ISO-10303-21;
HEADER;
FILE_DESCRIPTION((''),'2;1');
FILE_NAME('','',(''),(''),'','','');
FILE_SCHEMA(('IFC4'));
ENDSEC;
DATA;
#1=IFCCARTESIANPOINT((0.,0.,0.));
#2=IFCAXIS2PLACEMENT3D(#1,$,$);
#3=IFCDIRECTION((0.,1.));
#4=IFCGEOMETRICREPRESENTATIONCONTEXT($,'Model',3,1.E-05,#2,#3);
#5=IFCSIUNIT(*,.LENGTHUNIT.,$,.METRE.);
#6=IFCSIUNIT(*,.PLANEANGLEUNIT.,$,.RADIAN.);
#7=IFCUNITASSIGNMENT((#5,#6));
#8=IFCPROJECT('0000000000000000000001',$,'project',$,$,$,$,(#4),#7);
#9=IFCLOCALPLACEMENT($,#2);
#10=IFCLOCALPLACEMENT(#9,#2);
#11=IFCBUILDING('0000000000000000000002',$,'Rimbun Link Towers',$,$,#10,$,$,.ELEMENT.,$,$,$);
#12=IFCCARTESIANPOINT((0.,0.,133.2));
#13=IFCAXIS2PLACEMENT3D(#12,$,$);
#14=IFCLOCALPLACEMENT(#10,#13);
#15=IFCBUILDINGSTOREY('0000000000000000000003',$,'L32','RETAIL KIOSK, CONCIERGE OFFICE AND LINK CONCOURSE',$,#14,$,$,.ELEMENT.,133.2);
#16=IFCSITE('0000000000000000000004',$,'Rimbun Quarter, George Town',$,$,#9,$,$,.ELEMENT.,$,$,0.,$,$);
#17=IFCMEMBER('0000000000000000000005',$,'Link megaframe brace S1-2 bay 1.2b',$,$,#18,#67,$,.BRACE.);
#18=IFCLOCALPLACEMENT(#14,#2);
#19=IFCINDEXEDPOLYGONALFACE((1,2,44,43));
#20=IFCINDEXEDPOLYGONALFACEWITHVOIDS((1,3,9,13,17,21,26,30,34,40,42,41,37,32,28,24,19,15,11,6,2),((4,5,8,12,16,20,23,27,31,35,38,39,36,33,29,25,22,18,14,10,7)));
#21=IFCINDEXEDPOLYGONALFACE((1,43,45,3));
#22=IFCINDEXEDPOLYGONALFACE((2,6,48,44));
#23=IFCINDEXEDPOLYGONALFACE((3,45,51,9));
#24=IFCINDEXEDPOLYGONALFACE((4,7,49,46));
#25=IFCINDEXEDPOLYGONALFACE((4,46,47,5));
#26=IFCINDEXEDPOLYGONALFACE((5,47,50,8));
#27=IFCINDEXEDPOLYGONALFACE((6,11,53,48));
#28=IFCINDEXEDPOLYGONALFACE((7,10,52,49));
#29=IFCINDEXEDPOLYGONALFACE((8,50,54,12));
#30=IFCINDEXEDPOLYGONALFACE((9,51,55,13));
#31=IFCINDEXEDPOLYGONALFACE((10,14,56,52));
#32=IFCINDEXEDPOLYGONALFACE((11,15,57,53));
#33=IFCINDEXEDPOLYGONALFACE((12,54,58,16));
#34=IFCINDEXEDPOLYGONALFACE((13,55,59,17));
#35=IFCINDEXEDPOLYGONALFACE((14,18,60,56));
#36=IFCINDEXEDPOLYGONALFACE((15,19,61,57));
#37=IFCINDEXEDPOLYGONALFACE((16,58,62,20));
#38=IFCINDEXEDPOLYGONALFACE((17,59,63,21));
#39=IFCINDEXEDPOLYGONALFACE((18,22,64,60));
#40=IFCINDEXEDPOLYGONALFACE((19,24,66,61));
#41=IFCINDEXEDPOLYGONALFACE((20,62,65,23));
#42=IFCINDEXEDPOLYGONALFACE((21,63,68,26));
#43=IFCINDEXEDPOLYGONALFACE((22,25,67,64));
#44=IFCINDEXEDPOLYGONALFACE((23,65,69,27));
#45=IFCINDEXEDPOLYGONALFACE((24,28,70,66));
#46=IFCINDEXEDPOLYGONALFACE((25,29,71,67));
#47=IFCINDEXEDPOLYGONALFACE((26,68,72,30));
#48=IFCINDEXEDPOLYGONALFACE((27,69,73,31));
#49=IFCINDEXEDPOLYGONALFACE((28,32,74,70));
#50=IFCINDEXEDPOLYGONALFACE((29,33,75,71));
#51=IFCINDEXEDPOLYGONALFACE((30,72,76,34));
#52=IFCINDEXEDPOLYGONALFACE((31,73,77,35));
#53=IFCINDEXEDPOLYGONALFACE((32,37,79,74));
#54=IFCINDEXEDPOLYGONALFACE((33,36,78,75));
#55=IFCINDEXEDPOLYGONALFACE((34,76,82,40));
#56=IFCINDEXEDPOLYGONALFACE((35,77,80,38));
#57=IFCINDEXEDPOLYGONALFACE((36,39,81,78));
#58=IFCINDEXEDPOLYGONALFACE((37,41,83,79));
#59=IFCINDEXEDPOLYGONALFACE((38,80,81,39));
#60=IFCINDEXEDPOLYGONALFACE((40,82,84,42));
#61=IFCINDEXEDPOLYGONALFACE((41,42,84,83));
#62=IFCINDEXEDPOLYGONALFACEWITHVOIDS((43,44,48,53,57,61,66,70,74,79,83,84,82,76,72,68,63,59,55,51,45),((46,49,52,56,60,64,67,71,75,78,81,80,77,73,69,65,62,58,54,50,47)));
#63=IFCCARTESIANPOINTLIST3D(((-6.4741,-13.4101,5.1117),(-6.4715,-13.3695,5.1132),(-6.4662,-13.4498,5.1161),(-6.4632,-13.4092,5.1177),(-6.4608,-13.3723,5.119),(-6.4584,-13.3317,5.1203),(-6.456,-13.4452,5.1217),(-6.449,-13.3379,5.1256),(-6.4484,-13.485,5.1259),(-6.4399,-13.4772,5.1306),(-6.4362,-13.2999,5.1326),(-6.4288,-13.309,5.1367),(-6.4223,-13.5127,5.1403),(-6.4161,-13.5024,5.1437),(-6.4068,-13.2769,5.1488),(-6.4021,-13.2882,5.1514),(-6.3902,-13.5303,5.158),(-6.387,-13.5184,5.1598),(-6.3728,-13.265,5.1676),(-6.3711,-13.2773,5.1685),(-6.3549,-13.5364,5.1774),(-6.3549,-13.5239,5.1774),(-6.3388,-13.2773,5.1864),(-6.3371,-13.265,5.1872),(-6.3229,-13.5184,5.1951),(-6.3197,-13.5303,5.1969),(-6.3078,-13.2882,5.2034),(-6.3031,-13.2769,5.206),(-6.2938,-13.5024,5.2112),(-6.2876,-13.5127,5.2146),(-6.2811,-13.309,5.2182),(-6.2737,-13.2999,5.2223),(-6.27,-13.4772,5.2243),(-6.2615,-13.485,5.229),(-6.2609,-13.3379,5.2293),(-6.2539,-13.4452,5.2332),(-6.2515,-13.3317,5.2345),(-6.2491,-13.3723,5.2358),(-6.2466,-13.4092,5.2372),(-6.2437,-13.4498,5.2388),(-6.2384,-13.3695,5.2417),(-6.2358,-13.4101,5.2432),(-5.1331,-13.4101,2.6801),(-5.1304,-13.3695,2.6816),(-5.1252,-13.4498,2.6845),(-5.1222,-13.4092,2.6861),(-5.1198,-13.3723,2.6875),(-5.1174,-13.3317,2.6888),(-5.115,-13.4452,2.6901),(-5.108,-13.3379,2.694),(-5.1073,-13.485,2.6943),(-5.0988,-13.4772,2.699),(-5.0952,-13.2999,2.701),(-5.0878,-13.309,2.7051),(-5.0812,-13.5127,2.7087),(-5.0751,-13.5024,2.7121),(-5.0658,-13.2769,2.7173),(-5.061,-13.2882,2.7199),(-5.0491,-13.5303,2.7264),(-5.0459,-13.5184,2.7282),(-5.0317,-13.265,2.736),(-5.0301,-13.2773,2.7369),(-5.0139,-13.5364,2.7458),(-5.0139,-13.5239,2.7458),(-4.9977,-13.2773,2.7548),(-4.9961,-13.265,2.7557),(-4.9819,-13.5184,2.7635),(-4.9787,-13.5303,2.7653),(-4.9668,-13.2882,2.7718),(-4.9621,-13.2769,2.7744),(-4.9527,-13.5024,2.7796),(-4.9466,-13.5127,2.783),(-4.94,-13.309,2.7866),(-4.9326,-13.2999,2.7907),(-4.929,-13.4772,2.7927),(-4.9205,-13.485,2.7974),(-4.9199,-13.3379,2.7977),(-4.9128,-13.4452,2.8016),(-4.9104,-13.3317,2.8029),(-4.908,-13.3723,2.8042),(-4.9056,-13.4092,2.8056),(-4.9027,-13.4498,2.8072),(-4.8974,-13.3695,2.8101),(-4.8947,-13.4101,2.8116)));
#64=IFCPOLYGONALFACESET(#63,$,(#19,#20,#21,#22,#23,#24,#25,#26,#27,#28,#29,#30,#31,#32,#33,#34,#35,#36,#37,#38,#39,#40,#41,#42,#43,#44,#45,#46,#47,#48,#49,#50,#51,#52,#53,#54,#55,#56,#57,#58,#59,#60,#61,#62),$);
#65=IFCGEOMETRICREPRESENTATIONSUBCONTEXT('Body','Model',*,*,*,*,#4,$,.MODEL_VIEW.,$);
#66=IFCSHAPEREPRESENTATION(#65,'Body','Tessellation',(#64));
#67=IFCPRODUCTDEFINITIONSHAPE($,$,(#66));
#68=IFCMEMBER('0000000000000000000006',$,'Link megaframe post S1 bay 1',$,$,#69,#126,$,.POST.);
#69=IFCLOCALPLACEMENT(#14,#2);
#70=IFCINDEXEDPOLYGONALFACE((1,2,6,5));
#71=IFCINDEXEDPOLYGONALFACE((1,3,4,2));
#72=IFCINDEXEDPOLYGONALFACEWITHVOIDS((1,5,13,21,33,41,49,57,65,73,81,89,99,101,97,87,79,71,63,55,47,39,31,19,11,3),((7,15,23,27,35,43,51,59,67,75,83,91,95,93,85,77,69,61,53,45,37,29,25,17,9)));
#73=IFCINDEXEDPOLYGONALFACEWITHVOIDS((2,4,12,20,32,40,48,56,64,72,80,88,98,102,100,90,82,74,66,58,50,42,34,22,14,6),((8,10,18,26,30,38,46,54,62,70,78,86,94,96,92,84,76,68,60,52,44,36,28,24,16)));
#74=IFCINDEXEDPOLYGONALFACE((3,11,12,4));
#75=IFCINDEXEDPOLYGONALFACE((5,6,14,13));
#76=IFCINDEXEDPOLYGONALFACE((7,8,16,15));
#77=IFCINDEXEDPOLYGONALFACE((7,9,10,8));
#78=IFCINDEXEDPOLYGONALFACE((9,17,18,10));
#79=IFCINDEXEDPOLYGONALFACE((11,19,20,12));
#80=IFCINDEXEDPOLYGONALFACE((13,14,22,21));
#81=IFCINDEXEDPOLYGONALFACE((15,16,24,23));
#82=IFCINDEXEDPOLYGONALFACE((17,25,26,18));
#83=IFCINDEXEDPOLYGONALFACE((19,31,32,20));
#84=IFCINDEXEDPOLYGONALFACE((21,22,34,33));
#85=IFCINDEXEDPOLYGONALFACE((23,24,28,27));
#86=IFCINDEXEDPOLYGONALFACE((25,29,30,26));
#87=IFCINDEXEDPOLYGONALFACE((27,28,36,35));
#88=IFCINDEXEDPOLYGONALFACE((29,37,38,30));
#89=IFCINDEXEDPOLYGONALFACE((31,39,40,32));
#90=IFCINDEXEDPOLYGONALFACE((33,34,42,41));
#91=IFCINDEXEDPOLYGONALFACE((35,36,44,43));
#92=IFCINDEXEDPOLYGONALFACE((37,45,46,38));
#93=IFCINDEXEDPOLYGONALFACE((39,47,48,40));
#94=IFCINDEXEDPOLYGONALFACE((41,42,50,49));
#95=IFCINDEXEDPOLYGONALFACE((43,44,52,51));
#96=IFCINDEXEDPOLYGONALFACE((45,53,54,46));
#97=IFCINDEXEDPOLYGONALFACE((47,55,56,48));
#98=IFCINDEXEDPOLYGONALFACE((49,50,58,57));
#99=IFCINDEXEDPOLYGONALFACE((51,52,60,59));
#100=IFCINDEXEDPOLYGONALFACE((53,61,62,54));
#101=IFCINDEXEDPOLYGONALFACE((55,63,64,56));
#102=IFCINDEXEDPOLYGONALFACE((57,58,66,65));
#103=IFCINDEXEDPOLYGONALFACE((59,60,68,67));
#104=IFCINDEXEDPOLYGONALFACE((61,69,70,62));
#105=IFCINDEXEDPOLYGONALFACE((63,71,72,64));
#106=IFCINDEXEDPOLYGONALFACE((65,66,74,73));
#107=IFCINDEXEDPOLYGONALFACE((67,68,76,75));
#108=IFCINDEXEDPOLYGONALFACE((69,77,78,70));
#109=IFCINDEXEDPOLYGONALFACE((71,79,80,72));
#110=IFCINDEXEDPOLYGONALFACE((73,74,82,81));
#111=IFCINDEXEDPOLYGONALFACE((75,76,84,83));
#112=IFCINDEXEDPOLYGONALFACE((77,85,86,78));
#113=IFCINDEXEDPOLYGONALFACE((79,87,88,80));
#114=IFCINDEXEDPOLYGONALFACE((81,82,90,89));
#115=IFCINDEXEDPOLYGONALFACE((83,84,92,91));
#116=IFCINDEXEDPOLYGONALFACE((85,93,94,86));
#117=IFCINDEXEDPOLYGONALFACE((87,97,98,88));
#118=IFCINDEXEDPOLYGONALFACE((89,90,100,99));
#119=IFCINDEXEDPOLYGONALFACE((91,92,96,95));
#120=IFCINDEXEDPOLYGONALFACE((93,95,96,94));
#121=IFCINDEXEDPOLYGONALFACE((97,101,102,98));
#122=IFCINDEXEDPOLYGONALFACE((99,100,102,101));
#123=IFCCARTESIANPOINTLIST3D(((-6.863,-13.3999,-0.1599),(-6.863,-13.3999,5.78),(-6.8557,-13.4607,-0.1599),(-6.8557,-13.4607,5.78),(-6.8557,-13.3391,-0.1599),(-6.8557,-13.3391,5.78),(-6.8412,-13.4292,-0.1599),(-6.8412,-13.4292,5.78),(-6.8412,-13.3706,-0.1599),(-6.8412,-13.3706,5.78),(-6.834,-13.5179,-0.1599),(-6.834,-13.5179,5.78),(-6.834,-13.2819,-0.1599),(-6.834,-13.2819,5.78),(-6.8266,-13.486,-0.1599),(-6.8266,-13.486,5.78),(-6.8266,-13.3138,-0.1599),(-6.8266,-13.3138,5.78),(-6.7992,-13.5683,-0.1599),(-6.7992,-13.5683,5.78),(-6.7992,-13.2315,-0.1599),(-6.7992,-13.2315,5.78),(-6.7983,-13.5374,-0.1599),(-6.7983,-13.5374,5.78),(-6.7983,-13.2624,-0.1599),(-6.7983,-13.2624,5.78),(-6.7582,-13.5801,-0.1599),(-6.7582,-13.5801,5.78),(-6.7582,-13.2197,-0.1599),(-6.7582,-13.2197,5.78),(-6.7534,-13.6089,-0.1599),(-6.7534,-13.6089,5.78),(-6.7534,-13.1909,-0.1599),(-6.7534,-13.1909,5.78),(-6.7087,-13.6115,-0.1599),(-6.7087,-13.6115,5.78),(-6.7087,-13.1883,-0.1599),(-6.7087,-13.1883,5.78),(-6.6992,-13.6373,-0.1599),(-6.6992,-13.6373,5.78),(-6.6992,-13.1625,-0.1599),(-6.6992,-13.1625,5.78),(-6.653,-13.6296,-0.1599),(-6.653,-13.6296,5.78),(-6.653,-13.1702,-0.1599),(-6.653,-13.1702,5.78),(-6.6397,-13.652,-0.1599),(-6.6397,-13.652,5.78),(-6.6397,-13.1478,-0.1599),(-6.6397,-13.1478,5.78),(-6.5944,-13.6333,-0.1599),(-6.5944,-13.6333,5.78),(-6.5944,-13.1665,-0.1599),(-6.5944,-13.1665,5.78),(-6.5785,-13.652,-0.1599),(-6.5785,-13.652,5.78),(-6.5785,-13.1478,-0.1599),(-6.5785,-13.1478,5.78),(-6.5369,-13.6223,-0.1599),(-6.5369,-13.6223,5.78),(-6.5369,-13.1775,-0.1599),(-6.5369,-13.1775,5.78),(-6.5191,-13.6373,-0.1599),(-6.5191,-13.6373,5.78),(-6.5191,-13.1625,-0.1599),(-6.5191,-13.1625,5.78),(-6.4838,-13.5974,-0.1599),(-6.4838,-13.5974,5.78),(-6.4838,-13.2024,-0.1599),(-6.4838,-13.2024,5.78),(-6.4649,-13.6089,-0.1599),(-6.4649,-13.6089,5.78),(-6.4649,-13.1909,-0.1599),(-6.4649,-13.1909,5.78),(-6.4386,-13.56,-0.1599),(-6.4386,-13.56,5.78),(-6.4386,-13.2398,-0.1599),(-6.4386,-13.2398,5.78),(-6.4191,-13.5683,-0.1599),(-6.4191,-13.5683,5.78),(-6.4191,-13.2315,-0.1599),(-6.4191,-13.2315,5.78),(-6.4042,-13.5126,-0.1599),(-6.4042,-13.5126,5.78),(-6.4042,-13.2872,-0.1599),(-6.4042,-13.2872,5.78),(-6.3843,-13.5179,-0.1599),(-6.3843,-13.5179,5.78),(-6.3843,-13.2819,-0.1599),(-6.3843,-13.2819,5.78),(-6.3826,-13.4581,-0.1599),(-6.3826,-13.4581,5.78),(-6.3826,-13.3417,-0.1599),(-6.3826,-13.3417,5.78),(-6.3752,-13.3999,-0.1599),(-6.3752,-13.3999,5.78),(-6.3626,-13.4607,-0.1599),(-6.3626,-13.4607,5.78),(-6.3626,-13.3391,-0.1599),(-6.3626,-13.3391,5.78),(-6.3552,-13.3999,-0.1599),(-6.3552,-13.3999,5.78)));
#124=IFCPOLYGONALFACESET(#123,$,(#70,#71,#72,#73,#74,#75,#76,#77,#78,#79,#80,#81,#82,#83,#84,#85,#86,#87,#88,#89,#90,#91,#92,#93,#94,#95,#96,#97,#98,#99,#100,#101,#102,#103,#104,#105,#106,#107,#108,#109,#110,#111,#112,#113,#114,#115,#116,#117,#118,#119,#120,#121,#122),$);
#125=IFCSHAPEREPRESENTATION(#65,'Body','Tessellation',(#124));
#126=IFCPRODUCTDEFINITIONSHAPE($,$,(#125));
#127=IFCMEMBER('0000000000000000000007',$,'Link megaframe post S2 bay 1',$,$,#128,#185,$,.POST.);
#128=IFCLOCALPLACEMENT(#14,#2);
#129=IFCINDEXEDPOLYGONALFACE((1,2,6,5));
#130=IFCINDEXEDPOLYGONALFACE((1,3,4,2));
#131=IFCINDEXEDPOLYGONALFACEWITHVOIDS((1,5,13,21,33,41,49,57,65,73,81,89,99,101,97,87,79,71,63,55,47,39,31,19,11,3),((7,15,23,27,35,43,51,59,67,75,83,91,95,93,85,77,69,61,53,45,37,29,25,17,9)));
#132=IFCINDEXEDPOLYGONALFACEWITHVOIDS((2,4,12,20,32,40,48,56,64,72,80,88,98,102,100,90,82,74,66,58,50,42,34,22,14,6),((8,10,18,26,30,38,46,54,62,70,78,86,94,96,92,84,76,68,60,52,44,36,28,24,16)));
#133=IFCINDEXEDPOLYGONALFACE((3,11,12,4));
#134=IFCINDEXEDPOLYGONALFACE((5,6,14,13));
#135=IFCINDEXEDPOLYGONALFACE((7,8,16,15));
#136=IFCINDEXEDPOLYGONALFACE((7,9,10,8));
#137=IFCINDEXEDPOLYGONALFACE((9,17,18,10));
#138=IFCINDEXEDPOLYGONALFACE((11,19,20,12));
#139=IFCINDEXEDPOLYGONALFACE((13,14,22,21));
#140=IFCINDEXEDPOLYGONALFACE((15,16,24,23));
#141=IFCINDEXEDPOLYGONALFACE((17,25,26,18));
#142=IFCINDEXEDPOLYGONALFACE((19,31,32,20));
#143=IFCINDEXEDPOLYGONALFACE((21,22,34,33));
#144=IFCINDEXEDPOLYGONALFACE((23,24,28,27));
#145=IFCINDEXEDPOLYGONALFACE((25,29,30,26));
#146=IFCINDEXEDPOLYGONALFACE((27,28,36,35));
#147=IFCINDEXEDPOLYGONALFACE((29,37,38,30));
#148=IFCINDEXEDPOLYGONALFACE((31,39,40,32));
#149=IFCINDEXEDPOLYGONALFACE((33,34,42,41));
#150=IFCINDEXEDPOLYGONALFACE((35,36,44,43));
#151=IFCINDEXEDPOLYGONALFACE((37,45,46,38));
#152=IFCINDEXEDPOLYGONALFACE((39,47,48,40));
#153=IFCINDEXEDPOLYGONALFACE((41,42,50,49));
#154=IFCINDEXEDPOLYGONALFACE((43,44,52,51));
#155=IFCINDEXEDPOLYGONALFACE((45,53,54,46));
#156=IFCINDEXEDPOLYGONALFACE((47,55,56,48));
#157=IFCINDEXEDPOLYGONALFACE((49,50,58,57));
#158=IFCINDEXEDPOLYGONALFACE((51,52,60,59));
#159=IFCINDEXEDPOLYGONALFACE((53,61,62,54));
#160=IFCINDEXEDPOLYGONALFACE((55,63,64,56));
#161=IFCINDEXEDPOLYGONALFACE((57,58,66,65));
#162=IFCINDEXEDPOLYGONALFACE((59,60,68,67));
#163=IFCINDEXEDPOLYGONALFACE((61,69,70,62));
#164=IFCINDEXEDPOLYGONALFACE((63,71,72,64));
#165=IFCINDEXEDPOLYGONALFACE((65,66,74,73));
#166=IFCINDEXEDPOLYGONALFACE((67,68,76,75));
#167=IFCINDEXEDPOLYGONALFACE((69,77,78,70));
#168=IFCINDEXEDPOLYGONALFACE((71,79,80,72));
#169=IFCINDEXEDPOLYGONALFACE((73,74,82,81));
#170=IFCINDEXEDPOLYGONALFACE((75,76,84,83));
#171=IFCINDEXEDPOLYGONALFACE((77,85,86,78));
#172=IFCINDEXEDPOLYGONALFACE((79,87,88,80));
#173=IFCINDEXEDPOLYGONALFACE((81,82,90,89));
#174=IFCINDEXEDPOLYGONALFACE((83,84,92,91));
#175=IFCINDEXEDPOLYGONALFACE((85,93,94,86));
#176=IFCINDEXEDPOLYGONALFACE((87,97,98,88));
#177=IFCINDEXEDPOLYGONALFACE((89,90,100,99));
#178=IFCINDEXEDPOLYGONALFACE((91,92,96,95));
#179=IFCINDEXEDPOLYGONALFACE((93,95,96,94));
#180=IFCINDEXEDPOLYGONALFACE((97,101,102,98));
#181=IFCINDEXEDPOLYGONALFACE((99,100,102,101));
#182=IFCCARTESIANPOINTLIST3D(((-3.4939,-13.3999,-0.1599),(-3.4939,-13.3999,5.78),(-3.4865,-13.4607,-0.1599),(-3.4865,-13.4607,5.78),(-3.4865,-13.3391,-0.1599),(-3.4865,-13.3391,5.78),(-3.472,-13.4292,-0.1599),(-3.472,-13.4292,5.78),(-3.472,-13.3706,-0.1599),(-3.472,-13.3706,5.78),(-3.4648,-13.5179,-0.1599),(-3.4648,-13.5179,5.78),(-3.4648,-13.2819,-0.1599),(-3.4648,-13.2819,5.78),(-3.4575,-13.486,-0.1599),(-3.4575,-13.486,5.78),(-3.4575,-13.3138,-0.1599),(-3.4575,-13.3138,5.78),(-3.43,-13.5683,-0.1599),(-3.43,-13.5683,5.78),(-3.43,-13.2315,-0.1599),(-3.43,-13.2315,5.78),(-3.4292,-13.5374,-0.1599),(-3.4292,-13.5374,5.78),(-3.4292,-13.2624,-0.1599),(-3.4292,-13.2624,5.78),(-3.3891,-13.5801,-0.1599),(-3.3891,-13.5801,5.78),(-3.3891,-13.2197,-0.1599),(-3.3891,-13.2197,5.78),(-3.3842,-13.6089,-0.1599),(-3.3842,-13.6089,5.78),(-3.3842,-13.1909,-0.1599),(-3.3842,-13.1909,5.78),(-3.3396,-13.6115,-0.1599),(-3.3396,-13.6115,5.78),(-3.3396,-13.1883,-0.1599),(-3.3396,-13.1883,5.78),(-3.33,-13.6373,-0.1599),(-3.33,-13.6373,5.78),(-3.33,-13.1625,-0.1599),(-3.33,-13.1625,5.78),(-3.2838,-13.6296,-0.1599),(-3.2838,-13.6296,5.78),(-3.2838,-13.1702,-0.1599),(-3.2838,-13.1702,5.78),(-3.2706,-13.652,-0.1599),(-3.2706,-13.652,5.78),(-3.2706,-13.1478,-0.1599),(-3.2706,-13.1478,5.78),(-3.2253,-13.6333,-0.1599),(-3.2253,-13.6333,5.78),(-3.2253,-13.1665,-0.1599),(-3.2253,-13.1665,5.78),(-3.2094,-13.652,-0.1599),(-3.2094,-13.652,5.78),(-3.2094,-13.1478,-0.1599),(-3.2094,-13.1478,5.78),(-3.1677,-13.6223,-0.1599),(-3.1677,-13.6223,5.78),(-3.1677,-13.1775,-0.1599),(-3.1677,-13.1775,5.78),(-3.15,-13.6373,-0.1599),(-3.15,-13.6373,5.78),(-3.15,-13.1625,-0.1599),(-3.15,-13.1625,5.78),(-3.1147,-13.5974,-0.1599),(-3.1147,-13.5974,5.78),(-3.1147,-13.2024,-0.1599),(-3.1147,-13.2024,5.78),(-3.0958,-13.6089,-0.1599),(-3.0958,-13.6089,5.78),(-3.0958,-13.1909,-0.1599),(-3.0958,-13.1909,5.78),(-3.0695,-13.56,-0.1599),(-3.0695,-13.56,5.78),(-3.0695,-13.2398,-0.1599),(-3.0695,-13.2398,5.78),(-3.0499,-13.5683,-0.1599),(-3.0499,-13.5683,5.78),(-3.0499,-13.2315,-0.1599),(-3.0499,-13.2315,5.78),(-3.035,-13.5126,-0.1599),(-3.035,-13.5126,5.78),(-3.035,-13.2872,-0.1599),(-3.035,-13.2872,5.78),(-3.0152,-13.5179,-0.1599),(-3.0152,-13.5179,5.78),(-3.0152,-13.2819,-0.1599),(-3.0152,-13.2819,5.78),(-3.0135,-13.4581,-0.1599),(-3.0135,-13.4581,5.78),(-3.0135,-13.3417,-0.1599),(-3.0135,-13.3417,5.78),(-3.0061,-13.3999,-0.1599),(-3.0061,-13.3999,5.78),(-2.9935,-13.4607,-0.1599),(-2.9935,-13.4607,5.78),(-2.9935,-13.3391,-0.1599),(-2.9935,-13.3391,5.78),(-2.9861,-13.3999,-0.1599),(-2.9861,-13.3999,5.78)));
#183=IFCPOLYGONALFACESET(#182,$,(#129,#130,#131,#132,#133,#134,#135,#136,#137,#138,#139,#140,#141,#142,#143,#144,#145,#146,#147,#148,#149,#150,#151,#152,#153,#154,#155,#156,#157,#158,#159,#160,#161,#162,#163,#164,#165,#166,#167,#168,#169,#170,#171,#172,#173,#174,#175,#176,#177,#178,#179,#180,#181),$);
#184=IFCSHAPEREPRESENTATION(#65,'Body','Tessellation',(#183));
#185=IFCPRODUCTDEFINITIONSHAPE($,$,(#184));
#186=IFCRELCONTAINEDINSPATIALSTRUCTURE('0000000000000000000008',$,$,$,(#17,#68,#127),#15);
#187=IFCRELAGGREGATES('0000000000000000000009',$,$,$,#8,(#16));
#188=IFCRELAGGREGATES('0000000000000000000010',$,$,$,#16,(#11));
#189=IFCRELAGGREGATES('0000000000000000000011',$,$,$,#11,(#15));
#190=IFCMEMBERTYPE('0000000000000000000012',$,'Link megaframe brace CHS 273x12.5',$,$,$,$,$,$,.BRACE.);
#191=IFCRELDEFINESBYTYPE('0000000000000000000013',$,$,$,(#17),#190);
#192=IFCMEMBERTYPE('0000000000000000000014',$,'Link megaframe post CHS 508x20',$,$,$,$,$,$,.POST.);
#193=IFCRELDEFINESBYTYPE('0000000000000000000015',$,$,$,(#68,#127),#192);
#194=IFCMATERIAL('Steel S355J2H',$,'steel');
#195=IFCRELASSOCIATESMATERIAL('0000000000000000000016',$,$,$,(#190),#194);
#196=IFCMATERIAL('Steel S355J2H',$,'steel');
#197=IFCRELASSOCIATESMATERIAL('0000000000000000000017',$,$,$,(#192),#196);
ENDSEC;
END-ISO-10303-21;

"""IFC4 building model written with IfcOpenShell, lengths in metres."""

from ifc_helpers import new_model, si_unit, direction, frame, origin, origin_2d, place, context, subcontext, project, spatial, hollow_circle, extrude, material, material_profile, profile_set, type_object, element, save


model = new_model("IFC4")

# Units and contexts
model_context = context("Model", 3, precision=1e-05, world=origin(), true_north=direction((0.0, 1.0)))
body_context = subcontext(model_context, "Body", "Model", "MODEL_VIEW")
ifc_project = project(units=[si_unit("LENGTHUNIT", "METRE"), si_unit("PLANEANGLEUNIT", "RADIAN")], contexts=[model_context])

# Site, building, storey
site_placement = place(None, origin())
site = spatial("IfcSite", under=ifc_project, at=site_placement, Name="Rimbun Quarter, George Town", CompositionType="ELEMENT", RefElevation=0.0)
building_placement = place(site_placement, origin())
building = spatial("IfcBuilding", under=site, at=building_placement, Name="Rimbun Link Towers", CompositionType="ELEMENT")
storey_placement = place(building_placement, frame((0.0, 0.0, 133.2)))
storey = spatial("IfcBuildingStorey", under=building, at=storey_placement, Name="L32", Description="RETAIL KIOSK, CONCIERGE OFFICE AND LINK CONCOURSE", CompositionType="ELEMENT", Elevation=133.2)

# Members
ifc_material_1 = material(Name="Steel S355J2H", Category="steel")
ifc_material_profile_1 = material_profile(ifc_material_1, hollow_circle(Radius=0.1365, WallThickness=0.0125, at=origin_2d()), Name="CHS 273x12.5")
ifc_profile_set_1 = profile_set([ifc_material_profile_1], Name="Steel S355J2H")
member_type_1 = type_object("IfcMemberType", Name="Link megaframe brace CHS 273x12.5", PredefinedType="BRACE", material=ifc_profile_set_1)
for number, where, z_axis, x_axis, name in (
    (1, (-5.0139, -13.3999, 2.7458), (-0.482931, 0.0, 0.875658), (0.0, -1.0, 0.0), "Link megaframe brace S1-2 bay 1.2b"),
):
    element("IfcMember", number, at=place(storey_placement, frame(where, z_axis=z_axis, x_axis=x_axis)), inside=storey, type_object=member_type_1, Name=name, PredefinedType="BRACE", context=body_context, shape_type="SweptSolid", body=[
        extrude(hollow_circle(Radius=0.1365, WallThickness=0.0125, at=origin_2d()), origin(), (0.0, 0.0, 1.0), 2.7769),
    ])
ifc_material_2 = material(Name="Steel S355J2H", Category="steel")
ifc_material_profile_2 = material_profile(ifc_material_2, hollow_circle(Radius=0.2539, WallThickness=0.02, at=origin_2d()), Name="CHS 508x20")
ifc_profile_set_2 = profile_set([ifc_material_profile_2], Name="Steel S355J2H")
member_type_2 = type_object("IfcMemberType", Name="Link megaframe post CHS 508x20", PredefinedType="POST", material=ifc_profile_set_2)
for number, where, z_axis, x_axis, name in (
    (2, (-6.6091, -13.3999, -0.1599), (0.0, 0.0, 1.0), (1.0, 0.0, 0.0), "Link megaframe post S1 bay 1"),
    (3, (-3.24, -13.3999, -0.1599), (0.0, 0.0, 1.0), (1.0, 0.0, 0.0), "Link megaframe post S2 bay 1"),
):
    element("IfcMember", number, at=place(storey_placement, frame(where, z_axis=z_axis, x_axis=x_axis)), inside=storey, type_object=member_type_2, Name=name, PredefinedType="POST", context=body_context, shape_type="SweptSolid", body=[
        extrude(hollow_circle(Radius=0.2539, WallThickness=0.02, at=origin_2d()), origin(), (0.0, 0.0, 1.0), 5.9399),
    ])

save(model, "model.ifc")
